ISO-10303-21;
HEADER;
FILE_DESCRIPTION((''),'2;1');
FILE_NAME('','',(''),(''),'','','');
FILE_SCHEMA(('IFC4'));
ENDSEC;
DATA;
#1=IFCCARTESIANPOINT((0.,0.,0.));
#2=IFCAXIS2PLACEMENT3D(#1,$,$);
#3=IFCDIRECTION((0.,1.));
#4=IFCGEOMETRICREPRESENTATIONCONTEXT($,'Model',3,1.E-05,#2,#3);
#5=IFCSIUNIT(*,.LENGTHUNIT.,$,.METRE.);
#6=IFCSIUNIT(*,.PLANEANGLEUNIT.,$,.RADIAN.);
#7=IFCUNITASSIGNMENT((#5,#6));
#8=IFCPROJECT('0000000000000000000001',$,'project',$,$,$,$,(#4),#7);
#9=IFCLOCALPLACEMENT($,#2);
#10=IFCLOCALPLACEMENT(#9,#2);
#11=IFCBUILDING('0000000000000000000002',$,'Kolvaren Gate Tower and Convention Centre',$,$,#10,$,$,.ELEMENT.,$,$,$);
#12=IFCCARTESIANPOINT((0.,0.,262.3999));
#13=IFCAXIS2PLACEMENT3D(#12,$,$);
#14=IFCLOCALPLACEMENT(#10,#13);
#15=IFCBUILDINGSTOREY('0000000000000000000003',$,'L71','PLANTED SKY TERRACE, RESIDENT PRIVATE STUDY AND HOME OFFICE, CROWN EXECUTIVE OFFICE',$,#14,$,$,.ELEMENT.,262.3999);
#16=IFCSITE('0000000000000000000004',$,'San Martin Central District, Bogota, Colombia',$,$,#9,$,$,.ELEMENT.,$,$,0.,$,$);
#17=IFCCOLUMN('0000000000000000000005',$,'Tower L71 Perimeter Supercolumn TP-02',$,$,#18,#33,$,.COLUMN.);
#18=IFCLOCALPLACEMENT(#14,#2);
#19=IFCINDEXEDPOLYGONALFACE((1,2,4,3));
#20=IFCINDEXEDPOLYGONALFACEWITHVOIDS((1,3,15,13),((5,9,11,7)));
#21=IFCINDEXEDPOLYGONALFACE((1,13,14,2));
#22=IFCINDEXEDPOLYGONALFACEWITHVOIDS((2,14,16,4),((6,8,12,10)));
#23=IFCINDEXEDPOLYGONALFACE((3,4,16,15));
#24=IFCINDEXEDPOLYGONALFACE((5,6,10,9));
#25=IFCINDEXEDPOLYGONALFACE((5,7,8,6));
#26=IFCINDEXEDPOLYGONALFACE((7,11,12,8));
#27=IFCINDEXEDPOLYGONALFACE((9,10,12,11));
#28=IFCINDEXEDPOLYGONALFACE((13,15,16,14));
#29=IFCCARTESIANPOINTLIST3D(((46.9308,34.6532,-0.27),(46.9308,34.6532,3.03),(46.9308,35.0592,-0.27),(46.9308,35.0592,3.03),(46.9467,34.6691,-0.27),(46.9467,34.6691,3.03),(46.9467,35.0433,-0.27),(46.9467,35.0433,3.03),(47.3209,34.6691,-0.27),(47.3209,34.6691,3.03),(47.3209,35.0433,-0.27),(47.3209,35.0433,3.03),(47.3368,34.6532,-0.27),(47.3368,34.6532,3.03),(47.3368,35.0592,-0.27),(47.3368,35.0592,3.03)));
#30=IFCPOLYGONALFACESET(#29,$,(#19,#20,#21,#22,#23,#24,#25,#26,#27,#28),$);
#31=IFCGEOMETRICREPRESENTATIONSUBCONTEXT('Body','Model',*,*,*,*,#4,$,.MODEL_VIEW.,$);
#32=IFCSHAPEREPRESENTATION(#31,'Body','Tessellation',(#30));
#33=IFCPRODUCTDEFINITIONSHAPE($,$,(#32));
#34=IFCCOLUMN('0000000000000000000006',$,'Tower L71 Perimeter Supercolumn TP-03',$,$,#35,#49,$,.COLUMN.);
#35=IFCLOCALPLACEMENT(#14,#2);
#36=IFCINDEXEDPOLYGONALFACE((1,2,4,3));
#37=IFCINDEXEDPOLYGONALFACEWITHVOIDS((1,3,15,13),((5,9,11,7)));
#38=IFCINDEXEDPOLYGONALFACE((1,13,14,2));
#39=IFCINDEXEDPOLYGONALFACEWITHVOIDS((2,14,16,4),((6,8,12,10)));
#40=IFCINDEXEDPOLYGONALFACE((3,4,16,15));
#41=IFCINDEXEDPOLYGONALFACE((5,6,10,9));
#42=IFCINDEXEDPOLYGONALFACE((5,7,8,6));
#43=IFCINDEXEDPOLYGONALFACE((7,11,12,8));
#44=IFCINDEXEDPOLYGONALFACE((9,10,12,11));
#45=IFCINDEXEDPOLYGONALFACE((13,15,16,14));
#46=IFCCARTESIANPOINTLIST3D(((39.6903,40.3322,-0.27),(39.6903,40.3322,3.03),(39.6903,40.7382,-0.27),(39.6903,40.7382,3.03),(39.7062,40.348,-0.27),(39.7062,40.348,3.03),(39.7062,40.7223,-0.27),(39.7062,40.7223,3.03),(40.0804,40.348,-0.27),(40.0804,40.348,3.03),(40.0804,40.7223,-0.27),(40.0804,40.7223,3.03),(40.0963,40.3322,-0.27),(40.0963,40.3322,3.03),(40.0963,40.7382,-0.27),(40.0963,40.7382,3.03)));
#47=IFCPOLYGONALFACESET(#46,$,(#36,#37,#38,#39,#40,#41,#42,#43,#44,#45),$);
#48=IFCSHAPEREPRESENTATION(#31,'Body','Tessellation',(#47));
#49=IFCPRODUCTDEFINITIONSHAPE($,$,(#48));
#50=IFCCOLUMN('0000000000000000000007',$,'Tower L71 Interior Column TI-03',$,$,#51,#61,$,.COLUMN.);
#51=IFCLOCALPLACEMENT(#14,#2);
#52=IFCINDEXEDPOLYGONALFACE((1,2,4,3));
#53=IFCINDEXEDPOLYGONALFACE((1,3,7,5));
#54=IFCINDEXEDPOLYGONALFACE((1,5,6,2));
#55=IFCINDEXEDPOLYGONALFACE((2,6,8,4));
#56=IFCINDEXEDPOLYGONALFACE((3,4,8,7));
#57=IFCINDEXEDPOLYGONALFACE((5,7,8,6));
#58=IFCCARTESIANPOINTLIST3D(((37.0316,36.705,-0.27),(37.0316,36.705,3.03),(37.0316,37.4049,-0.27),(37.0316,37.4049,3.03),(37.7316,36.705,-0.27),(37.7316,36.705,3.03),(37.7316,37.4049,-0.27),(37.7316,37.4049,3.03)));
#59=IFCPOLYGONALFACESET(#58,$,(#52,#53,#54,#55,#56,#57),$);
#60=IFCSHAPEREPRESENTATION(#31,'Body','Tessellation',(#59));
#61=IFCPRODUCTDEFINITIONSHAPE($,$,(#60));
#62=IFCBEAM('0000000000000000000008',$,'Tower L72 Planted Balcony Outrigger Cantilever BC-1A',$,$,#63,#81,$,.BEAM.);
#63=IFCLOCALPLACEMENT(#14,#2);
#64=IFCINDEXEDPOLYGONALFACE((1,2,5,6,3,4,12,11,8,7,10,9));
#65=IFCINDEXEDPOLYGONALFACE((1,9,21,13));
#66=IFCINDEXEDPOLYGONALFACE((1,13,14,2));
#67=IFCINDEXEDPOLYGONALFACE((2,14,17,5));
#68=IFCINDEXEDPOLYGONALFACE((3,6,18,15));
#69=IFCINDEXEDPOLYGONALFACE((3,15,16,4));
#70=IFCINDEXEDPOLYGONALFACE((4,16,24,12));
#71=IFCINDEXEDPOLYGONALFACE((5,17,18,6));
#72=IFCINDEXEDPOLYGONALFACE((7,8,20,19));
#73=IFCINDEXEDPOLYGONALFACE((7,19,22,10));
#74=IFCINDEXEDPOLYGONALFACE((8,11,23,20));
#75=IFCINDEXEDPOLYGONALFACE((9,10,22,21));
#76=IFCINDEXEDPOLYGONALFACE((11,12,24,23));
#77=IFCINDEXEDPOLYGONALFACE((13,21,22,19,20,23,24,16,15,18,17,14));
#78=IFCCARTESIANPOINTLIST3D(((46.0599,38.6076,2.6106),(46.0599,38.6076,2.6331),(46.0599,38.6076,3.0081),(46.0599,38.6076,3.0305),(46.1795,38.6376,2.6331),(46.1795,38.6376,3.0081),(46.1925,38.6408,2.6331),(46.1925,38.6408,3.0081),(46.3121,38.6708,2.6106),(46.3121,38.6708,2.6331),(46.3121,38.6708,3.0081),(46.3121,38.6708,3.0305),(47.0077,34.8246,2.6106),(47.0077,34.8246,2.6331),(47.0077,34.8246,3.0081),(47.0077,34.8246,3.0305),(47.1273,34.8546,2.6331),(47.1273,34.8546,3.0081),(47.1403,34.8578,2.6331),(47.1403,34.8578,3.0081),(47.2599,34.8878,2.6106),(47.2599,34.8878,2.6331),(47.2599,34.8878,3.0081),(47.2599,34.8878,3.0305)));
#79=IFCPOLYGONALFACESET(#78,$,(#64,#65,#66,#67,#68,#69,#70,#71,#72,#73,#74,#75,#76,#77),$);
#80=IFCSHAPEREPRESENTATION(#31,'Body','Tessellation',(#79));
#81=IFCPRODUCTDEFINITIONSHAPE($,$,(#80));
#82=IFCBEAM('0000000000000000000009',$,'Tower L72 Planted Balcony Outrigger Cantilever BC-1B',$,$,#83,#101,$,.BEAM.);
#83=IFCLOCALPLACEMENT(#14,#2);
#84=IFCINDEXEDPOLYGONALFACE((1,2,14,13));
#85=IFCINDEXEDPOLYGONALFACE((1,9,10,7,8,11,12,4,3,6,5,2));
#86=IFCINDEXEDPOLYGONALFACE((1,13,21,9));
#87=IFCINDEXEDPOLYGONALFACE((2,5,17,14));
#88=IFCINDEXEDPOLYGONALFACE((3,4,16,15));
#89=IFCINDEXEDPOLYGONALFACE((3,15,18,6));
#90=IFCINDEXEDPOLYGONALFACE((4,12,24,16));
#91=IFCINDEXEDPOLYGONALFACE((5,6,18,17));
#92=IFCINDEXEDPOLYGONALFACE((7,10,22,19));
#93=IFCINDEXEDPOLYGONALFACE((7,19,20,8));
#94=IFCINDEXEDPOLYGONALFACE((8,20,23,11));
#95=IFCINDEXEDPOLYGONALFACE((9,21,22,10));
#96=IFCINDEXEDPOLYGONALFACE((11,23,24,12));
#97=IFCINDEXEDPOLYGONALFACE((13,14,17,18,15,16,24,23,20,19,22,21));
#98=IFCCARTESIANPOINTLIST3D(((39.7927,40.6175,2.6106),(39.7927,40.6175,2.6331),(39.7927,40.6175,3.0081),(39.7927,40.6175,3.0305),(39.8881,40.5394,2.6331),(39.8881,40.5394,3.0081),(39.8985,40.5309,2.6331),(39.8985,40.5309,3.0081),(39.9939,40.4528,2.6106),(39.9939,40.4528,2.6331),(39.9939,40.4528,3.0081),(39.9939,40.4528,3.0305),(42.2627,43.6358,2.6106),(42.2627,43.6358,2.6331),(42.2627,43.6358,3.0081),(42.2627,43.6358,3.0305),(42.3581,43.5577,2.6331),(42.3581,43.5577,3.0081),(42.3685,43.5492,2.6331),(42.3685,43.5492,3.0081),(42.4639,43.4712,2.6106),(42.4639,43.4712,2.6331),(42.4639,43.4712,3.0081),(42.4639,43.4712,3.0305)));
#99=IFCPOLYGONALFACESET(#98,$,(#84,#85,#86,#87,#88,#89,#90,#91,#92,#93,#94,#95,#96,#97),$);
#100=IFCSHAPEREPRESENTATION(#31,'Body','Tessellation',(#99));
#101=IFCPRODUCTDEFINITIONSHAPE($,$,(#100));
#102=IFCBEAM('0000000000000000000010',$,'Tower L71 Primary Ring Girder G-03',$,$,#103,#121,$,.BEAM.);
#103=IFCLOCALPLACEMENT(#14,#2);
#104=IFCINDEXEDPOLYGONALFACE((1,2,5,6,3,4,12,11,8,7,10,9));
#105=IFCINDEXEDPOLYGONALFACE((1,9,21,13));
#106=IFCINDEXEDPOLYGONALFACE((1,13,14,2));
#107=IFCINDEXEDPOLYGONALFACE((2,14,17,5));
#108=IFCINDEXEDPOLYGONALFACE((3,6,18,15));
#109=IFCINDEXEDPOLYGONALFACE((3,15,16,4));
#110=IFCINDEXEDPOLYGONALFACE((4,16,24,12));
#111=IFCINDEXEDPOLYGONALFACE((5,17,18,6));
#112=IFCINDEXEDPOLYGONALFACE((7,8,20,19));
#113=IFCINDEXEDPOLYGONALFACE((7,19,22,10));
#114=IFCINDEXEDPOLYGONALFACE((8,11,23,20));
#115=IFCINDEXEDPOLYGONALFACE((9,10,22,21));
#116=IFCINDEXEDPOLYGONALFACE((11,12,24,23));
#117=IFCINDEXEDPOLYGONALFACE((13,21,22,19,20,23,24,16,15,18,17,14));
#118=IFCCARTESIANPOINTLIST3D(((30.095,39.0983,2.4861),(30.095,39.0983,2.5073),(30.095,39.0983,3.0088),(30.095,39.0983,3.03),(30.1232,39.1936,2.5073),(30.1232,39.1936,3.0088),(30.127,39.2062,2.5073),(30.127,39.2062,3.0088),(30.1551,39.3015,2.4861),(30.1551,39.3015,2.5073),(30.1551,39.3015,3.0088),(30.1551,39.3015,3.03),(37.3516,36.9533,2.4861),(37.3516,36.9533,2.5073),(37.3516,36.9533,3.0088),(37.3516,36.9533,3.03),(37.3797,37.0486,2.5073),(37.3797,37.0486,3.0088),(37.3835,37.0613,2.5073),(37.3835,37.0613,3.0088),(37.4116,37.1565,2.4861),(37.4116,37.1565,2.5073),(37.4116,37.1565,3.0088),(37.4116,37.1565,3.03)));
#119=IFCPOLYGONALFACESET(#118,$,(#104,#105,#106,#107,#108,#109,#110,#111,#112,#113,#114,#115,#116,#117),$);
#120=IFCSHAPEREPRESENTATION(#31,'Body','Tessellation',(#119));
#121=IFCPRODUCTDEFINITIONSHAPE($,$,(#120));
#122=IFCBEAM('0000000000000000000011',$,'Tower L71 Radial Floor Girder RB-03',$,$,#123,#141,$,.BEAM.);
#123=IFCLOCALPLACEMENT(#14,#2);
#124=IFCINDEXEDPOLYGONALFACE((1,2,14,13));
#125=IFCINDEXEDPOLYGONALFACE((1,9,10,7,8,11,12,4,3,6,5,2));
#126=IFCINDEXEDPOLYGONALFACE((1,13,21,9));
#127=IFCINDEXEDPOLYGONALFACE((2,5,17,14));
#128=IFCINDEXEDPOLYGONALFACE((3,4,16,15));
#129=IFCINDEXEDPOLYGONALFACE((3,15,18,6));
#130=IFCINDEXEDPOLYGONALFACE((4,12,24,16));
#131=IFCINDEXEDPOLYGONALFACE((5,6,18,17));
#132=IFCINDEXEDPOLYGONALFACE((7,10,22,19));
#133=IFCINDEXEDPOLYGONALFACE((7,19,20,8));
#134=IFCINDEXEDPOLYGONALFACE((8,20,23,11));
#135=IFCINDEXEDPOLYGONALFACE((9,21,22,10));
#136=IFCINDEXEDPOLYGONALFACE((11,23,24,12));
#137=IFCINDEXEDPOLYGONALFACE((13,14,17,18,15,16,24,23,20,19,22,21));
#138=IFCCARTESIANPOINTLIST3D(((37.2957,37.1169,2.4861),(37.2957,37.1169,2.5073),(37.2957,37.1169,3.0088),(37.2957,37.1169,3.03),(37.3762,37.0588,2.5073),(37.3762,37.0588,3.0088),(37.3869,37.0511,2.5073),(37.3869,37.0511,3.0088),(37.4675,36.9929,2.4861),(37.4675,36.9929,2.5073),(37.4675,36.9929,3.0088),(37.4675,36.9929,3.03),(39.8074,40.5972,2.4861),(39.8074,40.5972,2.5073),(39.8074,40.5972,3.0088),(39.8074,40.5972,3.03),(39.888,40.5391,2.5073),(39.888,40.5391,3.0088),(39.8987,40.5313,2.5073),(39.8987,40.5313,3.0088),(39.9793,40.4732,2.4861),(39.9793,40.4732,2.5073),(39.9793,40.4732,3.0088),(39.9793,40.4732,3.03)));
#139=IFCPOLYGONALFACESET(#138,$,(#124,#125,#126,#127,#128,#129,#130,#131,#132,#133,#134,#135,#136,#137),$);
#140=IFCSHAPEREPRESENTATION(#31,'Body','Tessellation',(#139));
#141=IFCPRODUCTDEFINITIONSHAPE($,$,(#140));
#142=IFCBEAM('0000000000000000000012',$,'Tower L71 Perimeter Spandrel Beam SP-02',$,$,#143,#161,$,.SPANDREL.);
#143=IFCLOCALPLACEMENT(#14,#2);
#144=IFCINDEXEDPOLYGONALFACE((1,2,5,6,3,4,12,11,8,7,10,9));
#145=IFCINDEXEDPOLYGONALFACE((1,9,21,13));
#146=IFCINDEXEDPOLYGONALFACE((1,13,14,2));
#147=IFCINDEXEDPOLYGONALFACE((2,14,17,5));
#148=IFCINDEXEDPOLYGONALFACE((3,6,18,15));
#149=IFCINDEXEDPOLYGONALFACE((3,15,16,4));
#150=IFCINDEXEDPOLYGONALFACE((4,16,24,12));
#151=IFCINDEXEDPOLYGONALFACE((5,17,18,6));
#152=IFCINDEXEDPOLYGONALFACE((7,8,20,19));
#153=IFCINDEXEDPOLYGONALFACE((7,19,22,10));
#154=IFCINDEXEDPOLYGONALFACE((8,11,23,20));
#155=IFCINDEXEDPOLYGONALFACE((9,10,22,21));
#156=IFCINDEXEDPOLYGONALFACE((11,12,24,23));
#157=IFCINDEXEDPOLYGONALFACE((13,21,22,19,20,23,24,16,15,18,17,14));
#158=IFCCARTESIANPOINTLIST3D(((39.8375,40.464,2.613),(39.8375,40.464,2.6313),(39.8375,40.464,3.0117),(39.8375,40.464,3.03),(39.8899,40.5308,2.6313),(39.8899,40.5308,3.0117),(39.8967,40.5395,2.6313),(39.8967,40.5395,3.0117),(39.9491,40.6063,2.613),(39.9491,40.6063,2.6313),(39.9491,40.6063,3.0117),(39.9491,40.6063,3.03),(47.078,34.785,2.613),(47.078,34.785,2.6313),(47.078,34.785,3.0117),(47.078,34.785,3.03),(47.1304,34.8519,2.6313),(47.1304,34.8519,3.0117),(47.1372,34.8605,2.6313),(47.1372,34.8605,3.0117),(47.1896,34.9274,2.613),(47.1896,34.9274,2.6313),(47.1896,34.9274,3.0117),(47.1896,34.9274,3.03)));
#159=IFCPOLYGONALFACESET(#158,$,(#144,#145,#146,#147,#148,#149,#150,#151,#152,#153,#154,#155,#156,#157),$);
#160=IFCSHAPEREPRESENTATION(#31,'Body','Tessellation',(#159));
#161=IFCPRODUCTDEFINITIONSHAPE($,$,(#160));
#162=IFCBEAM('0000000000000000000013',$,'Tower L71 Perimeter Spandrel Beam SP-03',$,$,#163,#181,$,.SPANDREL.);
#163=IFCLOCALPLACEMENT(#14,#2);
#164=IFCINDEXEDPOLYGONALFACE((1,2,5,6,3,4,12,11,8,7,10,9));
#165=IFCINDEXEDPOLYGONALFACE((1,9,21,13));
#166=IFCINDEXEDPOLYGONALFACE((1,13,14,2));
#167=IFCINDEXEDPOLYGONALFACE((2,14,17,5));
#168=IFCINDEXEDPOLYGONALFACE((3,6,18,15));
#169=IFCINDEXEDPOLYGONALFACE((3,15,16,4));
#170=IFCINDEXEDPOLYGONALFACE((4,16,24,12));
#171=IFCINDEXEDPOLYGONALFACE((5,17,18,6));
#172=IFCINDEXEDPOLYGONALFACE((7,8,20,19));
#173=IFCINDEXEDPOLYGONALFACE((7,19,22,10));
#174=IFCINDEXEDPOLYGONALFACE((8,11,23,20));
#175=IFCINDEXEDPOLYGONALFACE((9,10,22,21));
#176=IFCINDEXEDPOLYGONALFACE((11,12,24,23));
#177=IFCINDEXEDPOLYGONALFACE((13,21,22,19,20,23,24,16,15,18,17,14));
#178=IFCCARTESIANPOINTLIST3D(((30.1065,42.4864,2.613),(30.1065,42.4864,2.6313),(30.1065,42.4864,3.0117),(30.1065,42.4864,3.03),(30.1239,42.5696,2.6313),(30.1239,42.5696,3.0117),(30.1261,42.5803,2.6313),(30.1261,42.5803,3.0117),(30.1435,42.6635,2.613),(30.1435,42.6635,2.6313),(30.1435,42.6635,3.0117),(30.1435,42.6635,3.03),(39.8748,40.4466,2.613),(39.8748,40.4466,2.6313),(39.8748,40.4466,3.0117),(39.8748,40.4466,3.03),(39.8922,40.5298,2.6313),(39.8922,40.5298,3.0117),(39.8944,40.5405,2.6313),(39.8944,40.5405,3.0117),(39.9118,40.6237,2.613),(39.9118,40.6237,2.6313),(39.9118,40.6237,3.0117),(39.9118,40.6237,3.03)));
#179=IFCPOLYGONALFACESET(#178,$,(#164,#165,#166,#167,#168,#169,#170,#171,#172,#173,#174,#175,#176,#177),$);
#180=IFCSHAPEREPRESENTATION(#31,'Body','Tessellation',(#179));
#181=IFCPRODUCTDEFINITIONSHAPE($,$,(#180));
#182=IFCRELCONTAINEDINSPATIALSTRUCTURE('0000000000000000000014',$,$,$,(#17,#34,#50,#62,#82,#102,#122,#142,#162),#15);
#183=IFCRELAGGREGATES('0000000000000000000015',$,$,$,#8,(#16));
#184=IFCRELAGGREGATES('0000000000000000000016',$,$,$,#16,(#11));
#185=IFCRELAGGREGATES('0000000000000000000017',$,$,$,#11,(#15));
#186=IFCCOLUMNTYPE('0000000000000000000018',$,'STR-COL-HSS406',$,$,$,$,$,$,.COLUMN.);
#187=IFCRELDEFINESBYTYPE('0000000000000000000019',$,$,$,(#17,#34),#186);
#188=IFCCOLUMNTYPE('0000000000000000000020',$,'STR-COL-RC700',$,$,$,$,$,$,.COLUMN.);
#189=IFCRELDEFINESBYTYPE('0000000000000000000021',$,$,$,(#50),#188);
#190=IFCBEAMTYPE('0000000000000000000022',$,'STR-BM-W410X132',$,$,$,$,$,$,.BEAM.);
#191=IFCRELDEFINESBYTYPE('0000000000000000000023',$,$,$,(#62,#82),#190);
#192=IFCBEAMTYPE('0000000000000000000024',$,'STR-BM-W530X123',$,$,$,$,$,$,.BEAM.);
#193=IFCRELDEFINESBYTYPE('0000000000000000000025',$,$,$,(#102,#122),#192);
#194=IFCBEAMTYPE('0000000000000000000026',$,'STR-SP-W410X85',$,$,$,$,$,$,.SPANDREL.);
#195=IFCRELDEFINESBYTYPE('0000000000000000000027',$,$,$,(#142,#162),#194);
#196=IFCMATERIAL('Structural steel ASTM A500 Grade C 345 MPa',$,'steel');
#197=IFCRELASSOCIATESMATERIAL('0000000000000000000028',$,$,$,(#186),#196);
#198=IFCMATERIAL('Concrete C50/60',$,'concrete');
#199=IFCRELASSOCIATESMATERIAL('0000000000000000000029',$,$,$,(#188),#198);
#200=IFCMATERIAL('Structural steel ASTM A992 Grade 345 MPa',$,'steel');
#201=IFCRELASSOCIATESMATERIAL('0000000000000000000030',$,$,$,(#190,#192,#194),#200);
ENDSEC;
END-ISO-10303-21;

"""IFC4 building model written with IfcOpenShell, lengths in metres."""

from ifc_helpers import new_model, si_unit, direction, frame, origin, origin_2d, place, context, subcontext, project, spatial, rectangle, hollow_rectangle, i_section, extrude, material, material_profile, profile_set, type_object, element, save


model = new_model("IFC4")

# Units and contexts
model_context = context("Model", 3, precision=1e-05, world=origin(), true_north=direction((0.0, 1.0)))
body_context = subcontext(model_context, "Body", "Model", "MODEL_VIEW")
ifc_project = project(units=[si_unit("LENGTHUNIT", "METRE"), si_unit("PLANEANGLEUNIT", "RADIAN")], contexts=[model_context])

# Site, building, storey
site_placement = place(None, origin())
site = spatial("IfcSite", under=ifc_project, at=site_placement, Name="San Martin Central District, Bogota, Colombia", CompositionType="ELEMENT", RefElevation=0.0)
building_placement = place(site_placement, origin())
building = spatial("IfcBuilding", under=site, at=building_placement, Name="Kolvaren Gate Tower and Convention Centre", CompositionType="ELEMENT")
storey_placement = place(building_placement, frame((0.0, 0.0, 262.3999)))
storey = spatial("IfcBuildingStorey", under=building, at=storey_placement, Name="L71", Description="PLANTED SKY TERRACE, RESIDENT PRIVATE STUDY AND HOME OFFICE, CROWN EXECUTIVE OFFICE", CompositionType="ELEMENT", Elevation=262.3999)

# Columns
ifc_material_1 = material(Name="Structural steel ASTM A500 Grade C 345 MPa", Category="steel")
ifc_material_profile_1 = material_profile(ifc_material_1, hollow_rectangle(XDim=0.406, YDim=0.406, WallThickness=0.0159, at=origin_2d()), Name="HSS406X406X15.9")
ifc_profile_set_1 = profile_set([ifc_material_profile_1], Name="Structural steel ASTM A500 Grade C 345 MPa")
column_type_1 = type_object("IfcColumnType", Name="STR-COL-HSS406", PredefinedType="COLUMN", material=ifc_profile_set_1)
for number, where, z_axis, x_axis, name in (
    (1, (47.1338, 34.8562, -0.27), (0.0, 0.0, 1.0), (1.0, 0.0, 0.0), "Tower L71 Perimeter Supercolumn TP-02"),
    (2, (39.8933, 40.5352, -0.27), (0.0, 0.0, 1.0), (1.0, 0.0, 0.0), "Tower L71 Perimeter Supercolumn TP-03"),
):
    element("IfcColumn", number, at=place(storey_placement, frame(where, z_axis=z_axis, x_axis=x_axis)), inside=storey, type_object=column_type_1, Name=name, PredefinedType="COLUMN", context=body_context, shape_type="SweptSolid", body=[
        extrude(hollow_rectangle(XDim=0.406, YDim=0.406, WallThickness=0.0159, at=origin_2d()), origin(), (0.0, 0.0, 1.0), 3.3),
    ])
ifc_material_2 = material(Name="Concrete C50/60", Category="concrete")
ifc_material_profile_2 = material_profile(ifc_material_2, rectangle(XDim=0.7, YDim=0.7, at=origin_2d()), Name="RC-COL-700X700")
ifc_profile_set_2 = profile_set([ifc_material_profile_2], Name="Concrete C50/60")
column_type_2 = type_object("IfcColumnType", Name="STR-COL-RC700", PredefinedType="COLUMN", material=ifc_profile_set_2)
column_placement = place(storey_placement, frame((37.3816, 37.0549, -0.27), z_axis=(0.0, 0.0, 1.0), x_axis=(1.0, 0.0, 0.0)))
element("IfcColumn", 3, at=column_placement, inside=storey, type_object=column_type_2, Name="Tower L71 Interior Column TI-03", PredefinedType="COLUMN", context=body_context, shape_type="SweptSolid", body=[
    extrude(rectangle(XDim=0.7, YDim=0.7, at=origin_2d()), origin(), (0.0, 0.0, 1.0), 3.3),
])

# Beams
ifc_material_3 = material(Name="Structural steel ASTM A992 Grade 345 MPa", Category="steel")
ifc_material_profile_3 = material_profile(ifc_material_3, i_section(OverallWidth=0.26, OverallDepth=0.4199, WebThickness=0.0134, FlangeThickness=0.0225, at=origin_2d()), Name="W410X132")
ifc_profile_set_3 = profile_set([ifc_material_profile_3], Name="Structural steel ASTM A992 Grade 345 MPa")
beam_type_1 = type_object("IfcBeamType", Name="STR-BM-W410X132", PredefinedType="BEAM", material=ifc_profile_set_3)
beam_1_placement = place(storey_placement, frame((47.1338, 34.8562, 2.8206), z_axis=(-0.243022, 0.970021, 0.0), x_axis=(-0.970021, -0.243022, 0.0)))
element("IfcBeam", 4, at=beam_1_placement, inside=storey, type_object=beam_type_1, Name="Tower L72 Planted Balcony Outrigger Cantilever BC-1A", PredefinedType="BEAM", context=body_context, shape_type="SweptSolid", body=[
    extrude(i_section(OverallWidth=0.26, OverallDepth=0.4199, WebThickness=0.0134, FlangeThickness=0.0225, at=origin_2d()), origin(), (0.0, 0.0, 1.0), 3.8999),
])
beam_2_placement = place(storey_placement, frame((39.8933, 40.5352, 2.8206), z_axis=(0.633306, 0.773902, 0.0), x_axis=(-0.773902, 0.633306, 0.0)))
element("IfcBeam", 5, at=beam_2_placement, inside=storey, type_object=beam_type_1, Name="Tower L72 Planted Balcony Outrigger Cantilever BC-1B", PredefinedType="BEAM", context=body_context, shape_type="SweptSolid", body=[
    extrude(i_section(OverallWidth=0.26, OverallDepth=0.4199, WebThickness=0.0134, FlangeThickness=0.0225, at=origin_2d()), origin(), (0.0, 0.0, 1.0), 3.9001),
])
ifc_material_profile_4 = material_profile(ifc_material_3, i_section(OverallWidth=0.2119, OverallDepth=0.5439, WebThickness=0.0132, FlangeThickness=0.0212, at=origin_2d()), Name="W530X123")
ifc_profile_set_4 = profile_set([ifc_material_profile_4], Name="Structural steel ASTM A992 Grade 345 MPa")
beam_type_2 = type_object("IfcBeamType", Name="STR-BM-W530X123", PredefinedType="BEAM", material=ifc_profile_set_4)
beam_3_placement = place(storey_placement, frame((37.3816, 37.0549, 2.7581), z_axis=(-0.958981, 0.283471, 0.0), x_axis=(-0.283471, -0.958981, 0.0)))
element("IfcBeam", 6, at=beam_3_placement, inside=storey, type_object=beam_type_2, Name="Tower L71 Primary Ring Girder G-03", PredefinedType="BEAM", context=body_context, shape_type="SweptSolid", body=[
    extrude(i_section(OverallWidth=0.2119, OverallDepth=0.5439, WebThickness=0.0132, FlangeThickness=0.0212, at=origin_2d()), origin(), (0.0, 0.0, 1.0), 7.5669),
])
beam_4_placement = place(storey_placement, frame((37.3816, 37.0549, 2.7581), z_axis=(0.585218, 0.810876, 0.0), x_axis=(-0.810876, 0.585218, 0.0)))
element("IfcBeam", 7, at=beam_4_placement, inside=storey, type_object=beam_type_2, Name="Tower L71 Radial Floor Girder RB-03", PredefinedType="BEAM", context=body_context, shape_type="SweptSolid", body=[
    extrude(i_section(OverallWidth=0.2119, OverallDepth=0.5439, WebThickness=0.0132, FlangeThickness=0.0212, at=origin_2d()), origin(), (0.0, 0.0, 1.0), 4.292),
])
ifc_material_profile_5 = material_profile(ifc_material_3, i_section(OverallWidth=0.1809, OverallDepth=0.417, WebThickness=0.011, FlangeThickness=0.0183, at=origin_2d()), Name="W410X85")
ifc_profile_set_5 = profile_set([ifc_material_profile_5], Name="Structural steel ASTM A992 Grade 345 MPa")
beam_type_3 = type_object("IfcBeamType", Name="STR-SP-W410X85", PredefinedType="SPANDREL", material=ifc_profile_set_5)
beam_5_placement = place(storey_placement, frame((47.1338, 34.8562, 2.8215), z_axis=(-0.786846, 0.61715, 0.0), x_axis=(-0.61715, -0.786846, 0.0)))
element("IfcBeam", 8, at=beam_5_placement, inside=storey, type_object=beam_type_3, Name="Tower L71 Perimeter Spandrel Beam SP-02", PredefinedType="SPANDREL", context=body_context, shape_type="SweptSolid", body=[
    extrude(i_section(OverallWidth=0.1809, OverallDepth=0.417, WebThickness=0.011, FlangeThickness=0.0183, at=origin_2d()), origin(), (0.0, 0.0, 1.0), 9.2019),
])
beam_6_placement = place(storey_placement, frame((39.8933, 40.5352, 2.8215), z_axis=(-0.978886, 0.204409, 0.0), x_axis=(-0.204409, -0.978886, 0.0)))
element("IfcBeam", 9, at=beam_6_placement, inside=storey, type_object=beam_type_3, Name="Tower L71 Perimeter Spandrel Beam SP-03", PredefinedType="SPANDREL", context=body_context, shape_type="SweptSolid", body=[
    extrude(i_section(OverallWidth=0.1809, OverallDepth=0.417, WebThickness=0.011, FlangeThickness=0.0183, at=origin_2d()), origin(), (0.0, 0.0, 1.0), 9.979),
])

save(model, "model.ifc")
